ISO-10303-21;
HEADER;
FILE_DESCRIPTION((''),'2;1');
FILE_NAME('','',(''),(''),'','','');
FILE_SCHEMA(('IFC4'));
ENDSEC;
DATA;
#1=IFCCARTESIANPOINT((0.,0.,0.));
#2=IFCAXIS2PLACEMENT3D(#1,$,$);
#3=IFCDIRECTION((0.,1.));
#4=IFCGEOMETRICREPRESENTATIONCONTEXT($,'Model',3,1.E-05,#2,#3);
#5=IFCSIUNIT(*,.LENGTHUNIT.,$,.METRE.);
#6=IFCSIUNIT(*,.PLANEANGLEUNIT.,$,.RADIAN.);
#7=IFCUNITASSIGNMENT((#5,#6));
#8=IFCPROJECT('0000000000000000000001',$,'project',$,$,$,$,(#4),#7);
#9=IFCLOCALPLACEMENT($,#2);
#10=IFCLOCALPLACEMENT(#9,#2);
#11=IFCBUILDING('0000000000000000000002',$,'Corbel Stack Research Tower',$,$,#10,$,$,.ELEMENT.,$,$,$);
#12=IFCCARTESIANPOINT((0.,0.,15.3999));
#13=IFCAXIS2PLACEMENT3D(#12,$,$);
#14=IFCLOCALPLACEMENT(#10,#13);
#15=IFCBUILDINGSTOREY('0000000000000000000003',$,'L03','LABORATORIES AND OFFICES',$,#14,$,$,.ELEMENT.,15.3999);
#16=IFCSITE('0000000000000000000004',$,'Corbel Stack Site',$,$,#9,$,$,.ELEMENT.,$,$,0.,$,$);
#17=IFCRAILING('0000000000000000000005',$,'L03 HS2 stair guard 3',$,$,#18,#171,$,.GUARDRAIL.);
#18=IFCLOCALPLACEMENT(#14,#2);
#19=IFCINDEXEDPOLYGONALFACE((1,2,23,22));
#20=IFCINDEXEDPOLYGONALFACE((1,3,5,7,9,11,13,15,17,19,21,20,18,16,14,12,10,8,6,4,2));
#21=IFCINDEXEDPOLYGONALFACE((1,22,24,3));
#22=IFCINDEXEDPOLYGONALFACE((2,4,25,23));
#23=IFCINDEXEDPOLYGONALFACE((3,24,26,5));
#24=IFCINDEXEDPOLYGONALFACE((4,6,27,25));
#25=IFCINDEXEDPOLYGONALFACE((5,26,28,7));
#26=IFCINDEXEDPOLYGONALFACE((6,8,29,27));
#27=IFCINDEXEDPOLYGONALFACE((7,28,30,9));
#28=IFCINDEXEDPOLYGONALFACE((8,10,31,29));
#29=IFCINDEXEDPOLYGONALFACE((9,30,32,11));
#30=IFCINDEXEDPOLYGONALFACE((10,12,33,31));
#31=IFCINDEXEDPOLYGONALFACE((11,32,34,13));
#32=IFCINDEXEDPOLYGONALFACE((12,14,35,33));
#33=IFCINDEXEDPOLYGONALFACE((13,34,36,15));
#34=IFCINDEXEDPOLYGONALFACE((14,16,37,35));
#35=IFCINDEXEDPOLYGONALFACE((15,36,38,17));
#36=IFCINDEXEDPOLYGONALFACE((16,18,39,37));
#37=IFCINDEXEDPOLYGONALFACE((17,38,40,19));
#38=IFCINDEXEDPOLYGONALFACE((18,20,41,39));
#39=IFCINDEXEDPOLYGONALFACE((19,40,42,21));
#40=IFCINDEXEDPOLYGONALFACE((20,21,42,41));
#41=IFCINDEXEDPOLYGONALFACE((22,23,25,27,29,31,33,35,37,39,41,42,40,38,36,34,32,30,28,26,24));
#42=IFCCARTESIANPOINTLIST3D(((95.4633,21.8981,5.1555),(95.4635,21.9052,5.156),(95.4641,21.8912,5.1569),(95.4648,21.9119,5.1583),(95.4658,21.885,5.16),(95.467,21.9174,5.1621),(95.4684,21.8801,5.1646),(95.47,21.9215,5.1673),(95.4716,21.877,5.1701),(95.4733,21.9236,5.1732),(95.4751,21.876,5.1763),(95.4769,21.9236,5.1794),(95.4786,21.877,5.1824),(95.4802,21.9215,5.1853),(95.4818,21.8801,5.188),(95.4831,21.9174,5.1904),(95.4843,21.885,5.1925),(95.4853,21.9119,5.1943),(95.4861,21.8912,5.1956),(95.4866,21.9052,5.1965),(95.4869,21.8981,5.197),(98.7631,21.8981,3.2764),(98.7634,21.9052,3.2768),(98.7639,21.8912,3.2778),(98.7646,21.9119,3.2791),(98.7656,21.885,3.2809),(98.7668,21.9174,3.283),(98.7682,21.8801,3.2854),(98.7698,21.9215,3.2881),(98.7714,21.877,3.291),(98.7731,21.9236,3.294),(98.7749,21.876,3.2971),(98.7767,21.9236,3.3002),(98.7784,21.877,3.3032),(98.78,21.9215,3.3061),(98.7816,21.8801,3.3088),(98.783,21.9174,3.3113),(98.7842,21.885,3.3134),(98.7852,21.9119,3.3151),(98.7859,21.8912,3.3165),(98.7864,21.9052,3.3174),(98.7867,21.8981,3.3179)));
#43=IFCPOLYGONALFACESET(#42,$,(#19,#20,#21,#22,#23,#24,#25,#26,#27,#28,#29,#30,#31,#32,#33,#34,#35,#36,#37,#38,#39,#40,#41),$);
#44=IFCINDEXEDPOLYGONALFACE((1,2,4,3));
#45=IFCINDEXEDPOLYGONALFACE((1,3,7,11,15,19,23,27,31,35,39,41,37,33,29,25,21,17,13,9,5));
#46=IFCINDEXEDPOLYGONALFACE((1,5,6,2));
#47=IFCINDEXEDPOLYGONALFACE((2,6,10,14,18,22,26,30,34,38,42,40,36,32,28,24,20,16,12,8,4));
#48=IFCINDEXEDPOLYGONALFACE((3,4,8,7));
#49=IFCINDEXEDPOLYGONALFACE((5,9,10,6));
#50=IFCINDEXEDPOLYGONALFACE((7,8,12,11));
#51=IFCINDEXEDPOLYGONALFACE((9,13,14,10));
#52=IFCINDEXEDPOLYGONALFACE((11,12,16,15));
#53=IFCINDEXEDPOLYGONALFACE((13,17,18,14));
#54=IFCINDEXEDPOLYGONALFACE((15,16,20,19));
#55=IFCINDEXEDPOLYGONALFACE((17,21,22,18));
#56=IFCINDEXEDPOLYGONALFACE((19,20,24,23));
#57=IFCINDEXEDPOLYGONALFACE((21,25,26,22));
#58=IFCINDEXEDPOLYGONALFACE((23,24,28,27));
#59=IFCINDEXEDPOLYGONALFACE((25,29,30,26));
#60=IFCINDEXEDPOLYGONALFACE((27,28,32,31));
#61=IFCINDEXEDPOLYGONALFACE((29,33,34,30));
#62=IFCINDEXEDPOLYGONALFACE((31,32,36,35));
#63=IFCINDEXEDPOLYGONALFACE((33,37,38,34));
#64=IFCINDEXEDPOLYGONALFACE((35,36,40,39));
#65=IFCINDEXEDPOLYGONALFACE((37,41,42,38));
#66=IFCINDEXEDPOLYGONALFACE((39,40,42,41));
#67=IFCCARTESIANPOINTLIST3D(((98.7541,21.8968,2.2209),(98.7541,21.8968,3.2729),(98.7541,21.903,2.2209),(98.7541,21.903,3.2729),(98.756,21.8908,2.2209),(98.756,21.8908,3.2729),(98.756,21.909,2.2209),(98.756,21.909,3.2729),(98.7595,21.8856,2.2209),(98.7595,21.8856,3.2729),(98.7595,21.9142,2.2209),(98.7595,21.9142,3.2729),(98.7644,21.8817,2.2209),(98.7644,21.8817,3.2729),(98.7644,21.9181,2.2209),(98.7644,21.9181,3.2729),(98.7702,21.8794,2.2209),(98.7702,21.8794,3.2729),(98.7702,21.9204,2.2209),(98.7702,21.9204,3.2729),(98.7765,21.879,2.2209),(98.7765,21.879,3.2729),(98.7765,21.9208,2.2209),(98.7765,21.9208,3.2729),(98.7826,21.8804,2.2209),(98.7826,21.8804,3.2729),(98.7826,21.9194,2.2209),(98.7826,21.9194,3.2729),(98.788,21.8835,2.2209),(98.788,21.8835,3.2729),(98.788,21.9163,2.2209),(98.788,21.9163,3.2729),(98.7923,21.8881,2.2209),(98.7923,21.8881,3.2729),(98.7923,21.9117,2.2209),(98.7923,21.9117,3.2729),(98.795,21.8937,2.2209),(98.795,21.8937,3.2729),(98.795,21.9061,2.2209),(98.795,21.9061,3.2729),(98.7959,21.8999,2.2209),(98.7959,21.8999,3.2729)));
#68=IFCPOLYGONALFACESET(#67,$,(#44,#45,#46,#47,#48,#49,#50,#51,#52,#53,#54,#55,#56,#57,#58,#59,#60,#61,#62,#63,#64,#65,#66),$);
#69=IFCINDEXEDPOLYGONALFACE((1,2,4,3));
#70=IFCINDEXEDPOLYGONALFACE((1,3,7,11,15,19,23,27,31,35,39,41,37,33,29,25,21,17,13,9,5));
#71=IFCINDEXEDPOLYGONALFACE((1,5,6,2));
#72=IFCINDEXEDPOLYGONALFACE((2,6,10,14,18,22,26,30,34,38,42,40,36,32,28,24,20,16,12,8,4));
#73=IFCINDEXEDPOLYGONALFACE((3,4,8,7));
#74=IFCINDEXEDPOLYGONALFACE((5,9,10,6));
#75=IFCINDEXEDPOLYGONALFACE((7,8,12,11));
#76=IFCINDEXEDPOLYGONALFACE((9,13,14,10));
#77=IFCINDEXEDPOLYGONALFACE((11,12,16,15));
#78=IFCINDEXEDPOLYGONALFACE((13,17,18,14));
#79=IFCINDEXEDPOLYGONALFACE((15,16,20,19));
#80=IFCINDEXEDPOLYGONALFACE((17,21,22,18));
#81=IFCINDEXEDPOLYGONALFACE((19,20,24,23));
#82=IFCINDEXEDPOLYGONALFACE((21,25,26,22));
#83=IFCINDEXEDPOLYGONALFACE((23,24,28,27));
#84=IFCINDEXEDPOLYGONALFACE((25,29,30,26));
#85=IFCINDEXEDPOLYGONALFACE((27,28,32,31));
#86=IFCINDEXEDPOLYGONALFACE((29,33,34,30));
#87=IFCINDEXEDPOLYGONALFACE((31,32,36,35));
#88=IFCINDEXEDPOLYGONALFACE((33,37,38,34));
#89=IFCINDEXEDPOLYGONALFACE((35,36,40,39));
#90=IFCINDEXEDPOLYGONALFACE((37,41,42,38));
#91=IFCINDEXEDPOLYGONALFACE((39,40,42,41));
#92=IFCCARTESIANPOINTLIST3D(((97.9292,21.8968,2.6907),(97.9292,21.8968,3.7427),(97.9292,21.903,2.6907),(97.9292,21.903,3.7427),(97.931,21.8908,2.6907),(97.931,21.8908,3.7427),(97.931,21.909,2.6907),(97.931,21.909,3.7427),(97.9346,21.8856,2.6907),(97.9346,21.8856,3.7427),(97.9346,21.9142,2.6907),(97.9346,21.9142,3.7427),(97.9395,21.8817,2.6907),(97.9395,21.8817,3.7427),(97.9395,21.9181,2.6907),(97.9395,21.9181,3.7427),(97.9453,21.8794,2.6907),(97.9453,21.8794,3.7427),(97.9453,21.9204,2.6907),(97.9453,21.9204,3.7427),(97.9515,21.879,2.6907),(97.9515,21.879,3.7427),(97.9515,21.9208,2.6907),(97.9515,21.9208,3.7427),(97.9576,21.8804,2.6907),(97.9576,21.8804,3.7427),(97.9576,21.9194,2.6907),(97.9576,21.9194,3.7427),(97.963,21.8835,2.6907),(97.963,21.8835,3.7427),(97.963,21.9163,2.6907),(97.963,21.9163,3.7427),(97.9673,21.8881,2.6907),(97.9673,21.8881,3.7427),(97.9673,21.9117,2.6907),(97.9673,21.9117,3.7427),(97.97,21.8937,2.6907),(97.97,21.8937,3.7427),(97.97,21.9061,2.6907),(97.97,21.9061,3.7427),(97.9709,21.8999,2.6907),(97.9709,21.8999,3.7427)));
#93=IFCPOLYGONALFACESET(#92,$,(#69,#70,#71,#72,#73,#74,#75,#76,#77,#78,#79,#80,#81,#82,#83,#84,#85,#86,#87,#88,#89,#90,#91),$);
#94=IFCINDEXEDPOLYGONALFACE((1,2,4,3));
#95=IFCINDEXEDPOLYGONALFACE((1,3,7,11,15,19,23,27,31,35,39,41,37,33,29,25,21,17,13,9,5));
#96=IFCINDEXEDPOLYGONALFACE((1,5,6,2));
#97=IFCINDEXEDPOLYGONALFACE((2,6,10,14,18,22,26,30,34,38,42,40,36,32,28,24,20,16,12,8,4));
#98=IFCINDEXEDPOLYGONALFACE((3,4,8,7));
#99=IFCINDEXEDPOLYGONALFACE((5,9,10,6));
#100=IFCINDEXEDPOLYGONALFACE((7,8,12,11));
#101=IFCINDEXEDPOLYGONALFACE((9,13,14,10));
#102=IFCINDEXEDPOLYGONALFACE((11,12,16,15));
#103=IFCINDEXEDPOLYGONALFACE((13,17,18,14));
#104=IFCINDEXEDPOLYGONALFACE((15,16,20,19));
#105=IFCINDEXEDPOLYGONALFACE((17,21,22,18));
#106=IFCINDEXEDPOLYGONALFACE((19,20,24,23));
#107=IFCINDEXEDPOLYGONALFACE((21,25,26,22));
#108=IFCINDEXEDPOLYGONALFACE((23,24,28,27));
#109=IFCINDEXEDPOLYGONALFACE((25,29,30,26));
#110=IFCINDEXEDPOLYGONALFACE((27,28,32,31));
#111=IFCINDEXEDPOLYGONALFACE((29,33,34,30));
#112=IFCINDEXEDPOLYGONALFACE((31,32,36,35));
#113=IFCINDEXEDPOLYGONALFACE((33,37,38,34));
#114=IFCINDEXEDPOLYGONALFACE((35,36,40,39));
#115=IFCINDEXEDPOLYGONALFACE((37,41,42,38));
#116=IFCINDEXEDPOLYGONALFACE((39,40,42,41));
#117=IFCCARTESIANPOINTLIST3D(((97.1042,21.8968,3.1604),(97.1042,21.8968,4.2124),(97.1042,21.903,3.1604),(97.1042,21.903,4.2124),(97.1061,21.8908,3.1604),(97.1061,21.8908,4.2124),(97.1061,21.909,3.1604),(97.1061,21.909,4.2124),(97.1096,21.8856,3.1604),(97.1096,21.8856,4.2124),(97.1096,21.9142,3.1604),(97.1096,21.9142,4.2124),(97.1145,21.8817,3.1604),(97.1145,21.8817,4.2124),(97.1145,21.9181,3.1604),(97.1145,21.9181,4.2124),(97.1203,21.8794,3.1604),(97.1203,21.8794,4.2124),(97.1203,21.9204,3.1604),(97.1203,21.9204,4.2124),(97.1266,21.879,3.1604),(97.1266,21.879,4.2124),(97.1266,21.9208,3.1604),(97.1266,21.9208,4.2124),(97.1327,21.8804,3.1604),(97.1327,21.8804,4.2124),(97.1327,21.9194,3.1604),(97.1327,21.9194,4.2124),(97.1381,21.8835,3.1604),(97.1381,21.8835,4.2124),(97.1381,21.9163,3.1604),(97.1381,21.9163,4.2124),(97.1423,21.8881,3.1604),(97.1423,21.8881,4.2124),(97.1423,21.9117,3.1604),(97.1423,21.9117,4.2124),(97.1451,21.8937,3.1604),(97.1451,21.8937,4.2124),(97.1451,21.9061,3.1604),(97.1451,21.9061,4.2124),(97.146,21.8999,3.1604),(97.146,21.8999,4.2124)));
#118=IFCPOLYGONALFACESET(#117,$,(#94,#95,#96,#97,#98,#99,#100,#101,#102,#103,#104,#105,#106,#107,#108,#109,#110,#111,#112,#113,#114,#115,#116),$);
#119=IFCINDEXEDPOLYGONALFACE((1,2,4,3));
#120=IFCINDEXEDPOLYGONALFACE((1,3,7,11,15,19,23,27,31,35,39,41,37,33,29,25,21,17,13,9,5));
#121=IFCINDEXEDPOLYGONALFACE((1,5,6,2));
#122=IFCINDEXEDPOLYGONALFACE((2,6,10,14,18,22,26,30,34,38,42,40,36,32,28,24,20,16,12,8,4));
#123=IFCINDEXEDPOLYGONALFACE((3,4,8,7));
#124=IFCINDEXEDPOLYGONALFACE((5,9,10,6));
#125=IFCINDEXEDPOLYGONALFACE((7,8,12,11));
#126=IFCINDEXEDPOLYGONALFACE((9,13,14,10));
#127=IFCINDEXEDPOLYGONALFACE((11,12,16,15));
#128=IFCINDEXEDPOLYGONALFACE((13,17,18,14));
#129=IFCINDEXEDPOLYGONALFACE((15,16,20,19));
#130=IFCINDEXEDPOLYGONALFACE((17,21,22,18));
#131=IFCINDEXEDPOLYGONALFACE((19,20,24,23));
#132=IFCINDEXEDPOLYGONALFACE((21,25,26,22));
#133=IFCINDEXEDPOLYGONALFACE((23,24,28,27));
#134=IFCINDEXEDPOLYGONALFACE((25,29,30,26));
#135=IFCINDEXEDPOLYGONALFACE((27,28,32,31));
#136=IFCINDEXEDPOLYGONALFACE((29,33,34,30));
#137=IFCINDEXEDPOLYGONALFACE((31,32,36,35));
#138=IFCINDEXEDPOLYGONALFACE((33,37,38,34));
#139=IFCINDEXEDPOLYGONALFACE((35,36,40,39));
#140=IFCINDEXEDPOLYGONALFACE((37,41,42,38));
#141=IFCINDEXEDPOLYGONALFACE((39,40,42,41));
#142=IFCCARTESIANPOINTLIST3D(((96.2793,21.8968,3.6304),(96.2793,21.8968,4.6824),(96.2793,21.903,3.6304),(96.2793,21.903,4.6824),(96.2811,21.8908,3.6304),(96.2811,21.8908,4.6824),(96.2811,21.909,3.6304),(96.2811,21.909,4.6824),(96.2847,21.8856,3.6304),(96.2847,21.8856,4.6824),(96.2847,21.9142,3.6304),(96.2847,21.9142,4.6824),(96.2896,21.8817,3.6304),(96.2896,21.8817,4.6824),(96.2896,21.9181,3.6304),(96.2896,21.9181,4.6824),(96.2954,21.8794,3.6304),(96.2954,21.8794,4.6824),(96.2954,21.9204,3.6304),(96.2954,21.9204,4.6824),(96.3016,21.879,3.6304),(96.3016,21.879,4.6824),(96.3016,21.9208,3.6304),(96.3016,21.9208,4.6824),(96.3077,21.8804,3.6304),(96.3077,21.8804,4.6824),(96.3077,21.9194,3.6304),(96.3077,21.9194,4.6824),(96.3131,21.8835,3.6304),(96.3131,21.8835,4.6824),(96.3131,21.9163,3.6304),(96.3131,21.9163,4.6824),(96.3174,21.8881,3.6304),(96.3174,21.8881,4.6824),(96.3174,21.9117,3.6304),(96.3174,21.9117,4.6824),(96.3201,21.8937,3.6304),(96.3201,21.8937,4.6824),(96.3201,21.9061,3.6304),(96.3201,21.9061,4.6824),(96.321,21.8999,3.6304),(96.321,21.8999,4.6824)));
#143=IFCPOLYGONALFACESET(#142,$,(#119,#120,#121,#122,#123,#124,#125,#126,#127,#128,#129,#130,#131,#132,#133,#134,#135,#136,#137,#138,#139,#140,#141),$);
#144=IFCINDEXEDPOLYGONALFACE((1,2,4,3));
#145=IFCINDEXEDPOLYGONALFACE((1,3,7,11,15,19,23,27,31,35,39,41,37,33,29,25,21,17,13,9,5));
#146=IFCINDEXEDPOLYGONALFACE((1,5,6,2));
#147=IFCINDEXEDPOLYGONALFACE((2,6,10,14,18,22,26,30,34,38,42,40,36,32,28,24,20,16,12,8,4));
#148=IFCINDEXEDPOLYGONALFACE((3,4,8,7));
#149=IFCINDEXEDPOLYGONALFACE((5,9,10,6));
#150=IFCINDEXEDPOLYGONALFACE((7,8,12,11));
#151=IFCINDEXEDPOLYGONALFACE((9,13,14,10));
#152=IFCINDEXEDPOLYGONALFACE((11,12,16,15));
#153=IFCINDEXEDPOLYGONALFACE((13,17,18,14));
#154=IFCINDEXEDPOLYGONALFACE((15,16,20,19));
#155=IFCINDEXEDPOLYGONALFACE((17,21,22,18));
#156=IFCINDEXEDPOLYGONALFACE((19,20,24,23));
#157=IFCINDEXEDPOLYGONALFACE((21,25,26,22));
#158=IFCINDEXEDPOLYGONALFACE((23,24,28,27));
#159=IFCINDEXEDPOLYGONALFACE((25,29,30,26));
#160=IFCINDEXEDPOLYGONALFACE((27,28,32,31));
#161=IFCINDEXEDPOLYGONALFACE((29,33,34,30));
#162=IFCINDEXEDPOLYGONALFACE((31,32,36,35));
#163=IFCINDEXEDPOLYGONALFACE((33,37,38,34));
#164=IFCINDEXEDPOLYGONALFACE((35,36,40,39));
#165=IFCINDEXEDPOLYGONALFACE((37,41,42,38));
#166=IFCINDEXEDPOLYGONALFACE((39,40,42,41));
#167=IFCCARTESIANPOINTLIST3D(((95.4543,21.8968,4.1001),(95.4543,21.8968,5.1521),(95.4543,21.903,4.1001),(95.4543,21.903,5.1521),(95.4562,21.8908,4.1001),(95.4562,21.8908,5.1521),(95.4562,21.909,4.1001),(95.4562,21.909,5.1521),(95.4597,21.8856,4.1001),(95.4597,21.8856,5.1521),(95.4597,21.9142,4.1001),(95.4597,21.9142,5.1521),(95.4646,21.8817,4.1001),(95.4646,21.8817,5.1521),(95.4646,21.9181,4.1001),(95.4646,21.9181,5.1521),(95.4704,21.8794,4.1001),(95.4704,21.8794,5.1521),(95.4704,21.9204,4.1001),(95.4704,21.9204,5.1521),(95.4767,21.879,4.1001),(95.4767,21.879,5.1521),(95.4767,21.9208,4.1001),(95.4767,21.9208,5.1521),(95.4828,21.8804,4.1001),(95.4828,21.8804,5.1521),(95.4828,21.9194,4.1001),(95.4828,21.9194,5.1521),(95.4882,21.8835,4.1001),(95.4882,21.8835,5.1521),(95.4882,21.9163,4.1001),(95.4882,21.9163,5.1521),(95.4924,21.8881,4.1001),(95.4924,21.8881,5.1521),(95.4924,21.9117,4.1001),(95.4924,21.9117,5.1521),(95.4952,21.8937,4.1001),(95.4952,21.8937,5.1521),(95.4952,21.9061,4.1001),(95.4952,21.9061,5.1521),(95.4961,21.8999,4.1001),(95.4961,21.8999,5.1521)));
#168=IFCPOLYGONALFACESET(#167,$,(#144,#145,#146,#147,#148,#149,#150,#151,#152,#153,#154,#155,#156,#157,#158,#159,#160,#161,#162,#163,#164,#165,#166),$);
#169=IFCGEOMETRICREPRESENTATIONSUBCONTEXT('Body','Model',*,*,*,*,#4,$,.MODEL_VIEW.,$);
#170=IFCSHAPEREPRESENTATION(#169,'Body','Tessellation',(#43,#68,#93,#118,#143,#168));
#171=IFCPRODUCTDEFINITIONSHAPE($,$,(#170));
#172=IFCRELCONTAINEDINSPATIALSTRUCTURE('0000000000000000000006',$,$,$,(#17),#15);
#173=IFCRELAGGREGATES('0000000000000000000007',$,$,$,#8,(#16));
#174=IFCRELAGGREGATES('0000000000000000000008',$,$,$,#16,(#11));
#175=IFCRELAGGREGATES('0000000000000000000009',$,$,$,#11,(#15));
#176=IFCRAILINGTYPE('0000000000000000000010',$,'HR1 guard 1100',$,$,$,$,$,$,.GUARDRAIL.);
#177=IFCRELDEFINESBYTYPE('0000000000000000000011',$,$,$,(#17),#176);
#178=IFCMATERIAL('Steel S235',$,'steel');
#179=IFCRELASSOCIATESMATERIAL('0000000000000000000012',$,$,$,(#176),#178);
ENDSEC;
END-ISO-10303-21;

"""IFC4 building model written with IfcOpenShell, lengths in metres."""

from ifc_helpers import new_model, si_unit, direction, frame, origin, origin_2d, place, context, subcontext, project, spatial, circle, extrude, material, type_object, element, save


model = new_model("IFC4")

# Units and contexts
model_context = context("Model", 3, precision=1e-05, world=origin(), true_north=direction((0.0, 1.0)))
body_context = subcontext(model_context, "Body", "Model", "MODEL_VIEW")
ifc_project = project(units=[si_unit("LENGTHUNIT", "METRE"), si_unit("PLANEANGLEUNIT", "RADIAN")], contexts=[model_context])

# Site, building, storey
site_placement = place(None, origin())
site = spatial("IfcSite", under=ifc_project, at=site_placement, Name="Corbel Stack Site", CompositionType="ELEMENT", RefElevation=0.0)
building_placement = place(site_placement, origin())
building = spatial("IfcBuilding", under=site, at=building_placement, Name="Corbel Stack Research Tower", CompositionType="ELEMENT")
storey_placement = place(building_placement, frame((0.0, 0.0, 15.3999)))
storey = spatial("IfcBuildingStorey", under=building, at=storey_placement, Name="L03", Description="LABORATORIES AND OFFICES", CompositionType="ELEMENT", Elevation=15.3999)

# Railing
ifc_material_1 = material(Name="Steel S235", Category="steel")
railing_type_1 = type_object("IfcRailingType", Name="HR1 guard 1100", PredefinedType="GUARDRAIL", material=ifc_material_1)
railing_1_placement = place(storey_placement, frame((98.7749, 21.8999, 2.2209)))
element("IfcRailing", 1, at=railing_1_placement, inside=storey, type_object=railing_type_1, Name="L03 HS2 stair guard 3", PredefinedType="GUARDRAIL", context=body_context, shape_type="SweptSolid", body=[
    extrude(circle(Radius=0.0239, at=origin_2d()), frame((0.0, 0.0, 1.0762), z_axis=(-0.868974, 0.0, 0.494857), x_axis=(0.0, -1.0, 0.0)), (0.0, 0.0, 1.0), 3.7974),
    extrude(circle(Radius=0.021, at=origin_2d()), origin(), (0.0, 0.0, 1.0), 1.052),
    extrude(circle(Radius=0.021, at=origin_2d()), frame((-0.825, 0.0, 0.4697)), (0.0, 0.0, 1.0), 1.052),
    extrude(circle(Radius=0.021, at=origin_2d()), frame((-1.6499, 0.0, 0.9395)), (0.0, 0.0, 1.0), 1.052),
    extrude(circle(Radius=0.021, at=origin_2d()), frame((-2.4749, 0.0, 1.4094)), (0.0, 0.0, 1.0), 1.052),
    extrude(circle(Radius=0.021, at=origin_2d()), frame((-3.2998, 0.0, 1.8792)), (0.0, 0.0, 1.0), 1.052),
])

save(model, "model.ifc")
